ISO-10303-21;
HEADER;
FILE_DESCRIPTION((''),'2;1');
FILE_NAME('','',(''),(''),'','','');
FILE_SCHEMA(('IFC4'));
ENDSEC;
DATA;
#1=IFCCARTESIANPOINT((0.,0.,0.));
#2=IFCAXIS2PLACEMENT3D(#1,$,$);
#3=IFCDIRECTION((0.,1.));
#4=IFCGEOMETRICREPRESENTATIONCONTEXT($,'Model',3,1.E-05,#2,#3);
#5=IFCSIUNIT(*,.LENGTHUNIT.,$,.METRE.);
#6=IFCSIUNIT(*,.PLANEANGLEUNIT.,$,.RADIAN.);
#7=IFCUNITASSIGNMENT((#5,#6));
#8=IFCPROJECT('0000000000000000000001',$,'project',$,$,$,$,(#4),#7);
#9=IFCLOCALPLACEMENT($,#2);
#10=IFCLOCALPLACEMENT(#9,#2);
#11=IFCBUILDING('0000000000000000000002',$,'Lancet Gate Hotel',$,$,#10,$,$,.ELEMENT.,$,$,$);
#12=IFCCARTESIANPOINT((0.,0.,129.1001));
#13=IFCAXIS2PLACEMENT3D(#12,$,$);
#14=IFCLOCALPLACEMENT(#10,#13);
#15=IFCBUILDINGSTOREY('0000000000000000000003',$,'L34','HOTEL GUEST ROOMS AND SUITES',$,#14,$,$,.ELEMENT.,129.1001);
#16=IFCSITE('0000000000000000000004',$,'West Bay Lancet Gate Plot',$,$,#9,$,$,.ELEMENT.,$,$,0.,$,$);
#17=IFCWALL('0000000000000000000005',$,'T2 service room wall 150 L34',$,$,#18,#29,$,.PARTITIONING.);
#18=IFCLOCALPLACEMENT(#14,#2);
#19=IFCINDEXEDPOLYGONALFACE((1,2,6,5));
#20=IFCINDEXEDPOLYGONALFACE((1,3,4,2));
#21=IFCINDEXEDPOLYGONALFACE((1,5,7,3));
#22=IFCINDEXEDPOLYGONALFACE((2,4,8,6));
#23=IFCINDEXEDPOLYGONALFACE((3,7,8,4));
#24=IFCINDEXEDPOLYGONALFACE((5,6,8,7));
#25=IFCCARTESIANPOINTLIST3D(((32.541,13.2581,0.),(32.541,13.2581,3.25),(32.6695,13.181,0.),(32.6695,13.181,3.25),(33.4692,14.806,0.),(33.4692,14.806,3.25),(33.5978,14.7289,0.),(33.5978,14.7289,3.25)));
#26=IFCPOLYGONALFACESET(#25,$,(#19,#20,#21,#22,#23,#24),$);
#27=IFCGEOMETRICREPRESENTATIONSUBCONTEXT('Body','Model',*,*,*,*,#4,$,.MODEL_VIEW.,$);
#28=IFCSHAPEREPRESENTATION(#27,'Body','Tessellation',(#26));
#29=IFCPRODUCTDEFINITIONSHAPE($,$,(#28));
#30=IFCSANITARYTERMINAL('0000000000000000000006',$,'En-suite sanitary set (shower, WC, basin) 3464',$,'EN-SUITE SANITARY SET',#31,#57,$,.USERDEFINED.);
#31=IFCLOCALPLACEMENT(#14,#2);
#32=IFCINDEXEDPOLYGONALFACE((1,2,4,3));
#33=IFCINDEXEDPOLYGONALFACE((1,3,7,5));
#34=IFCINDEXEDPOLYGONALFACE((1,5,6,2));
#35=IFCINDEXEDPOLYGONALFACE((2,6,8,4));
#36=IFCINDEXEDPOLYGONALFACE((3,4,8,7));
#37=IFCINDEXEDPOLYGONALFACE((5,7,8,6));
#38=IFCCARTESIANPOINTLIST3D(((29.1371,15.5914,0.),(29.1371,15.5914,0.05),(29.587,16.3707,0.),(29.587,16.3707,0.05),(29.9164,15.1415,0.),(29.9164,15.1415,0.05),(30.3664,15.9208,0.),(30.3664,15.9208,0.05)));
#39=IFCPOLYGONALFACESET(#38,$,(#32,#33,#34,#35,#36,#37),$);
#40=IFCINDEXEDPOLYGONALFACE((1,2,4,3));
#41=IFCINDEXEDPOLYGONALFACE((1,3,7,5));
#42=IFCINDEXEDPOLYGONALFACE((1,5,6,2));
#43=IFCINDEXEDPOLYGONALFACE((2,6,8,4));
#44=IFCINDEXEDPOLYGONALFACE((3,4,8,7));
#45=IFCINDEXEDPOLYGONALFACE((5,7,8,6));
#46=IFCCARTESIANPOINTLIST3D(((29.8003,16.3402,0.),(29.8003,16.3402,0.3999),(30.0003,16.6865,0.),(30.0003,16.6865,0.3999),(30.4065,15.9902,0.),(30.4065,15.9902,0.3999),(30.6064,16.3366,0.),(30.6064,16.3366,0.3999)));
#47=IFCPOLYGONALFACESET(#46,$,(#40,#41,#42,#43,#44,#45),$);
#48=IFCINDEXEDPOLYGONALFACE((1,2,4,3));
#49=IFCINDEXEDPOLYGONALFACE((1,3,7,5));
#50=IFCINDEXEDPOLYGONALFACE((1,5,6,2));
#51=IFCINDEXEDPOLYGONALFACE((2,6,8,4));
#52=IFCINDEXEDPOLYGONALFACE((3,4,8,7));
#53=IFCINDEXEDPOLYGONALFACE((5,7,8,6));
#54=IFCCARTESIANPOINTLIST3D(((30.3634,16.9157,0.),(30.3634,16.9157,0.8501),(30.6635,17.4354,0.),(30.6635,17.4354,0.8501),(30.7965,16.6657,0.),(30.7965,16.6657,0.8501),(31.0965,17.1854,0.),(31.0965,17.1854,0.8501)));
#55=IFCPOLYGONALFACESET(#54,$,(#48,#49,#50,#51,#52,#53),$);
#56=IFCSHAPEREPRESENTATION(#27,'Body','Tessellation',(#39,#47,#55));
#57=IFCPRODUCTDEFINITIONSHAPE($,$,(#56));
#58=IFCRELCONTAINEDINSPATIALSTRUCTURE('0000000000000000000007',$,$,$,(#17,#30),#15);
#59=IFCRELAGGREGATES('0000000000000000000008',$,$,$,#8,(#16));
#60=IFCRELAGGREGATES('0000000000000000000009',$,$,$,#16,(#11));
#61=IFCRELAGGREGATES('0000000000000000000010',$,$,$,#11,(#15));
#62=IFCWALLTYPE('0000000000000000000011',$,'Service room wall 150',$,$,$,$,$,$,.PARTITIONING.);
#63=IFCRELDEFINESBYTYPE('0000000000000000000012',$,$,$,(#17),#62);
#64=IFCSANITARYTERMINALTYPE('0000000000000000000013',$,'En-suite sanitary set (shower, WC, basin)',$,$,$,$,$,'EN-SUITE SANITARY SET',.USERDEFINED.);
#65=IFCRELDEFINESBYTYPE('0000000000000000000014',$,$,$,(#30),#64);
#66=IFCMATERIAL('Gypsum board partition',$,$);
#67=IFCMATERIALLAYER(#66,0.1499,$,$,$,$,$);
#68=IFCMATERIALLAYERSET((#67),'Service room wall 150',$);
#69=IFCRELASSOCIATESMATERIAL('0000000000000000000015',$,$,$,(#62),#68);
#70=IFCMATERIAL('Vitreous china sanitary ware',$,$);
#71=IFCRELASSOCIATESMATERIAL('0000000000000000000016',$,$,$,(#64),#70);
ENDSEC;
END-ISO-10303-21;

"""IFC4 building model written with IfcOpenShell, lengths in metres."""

from ifc_helpers import new_model, si_unit, direction, frame, frame_2d, origin, origin_2d, place, context, subcontext, project, spatial, rectangle, extrude, material, layer, layer_set, type_object, element, save


model = new_model("IFC4")

# Units and contexts
model_context = context("Model", 3, precision=1e-05, world=origin(), true_north=direction((0.0, 1.0)))
body_context = subcontext(model_context, "Body", "Model", "MODEL_VIEW")
ifc_project = project(units=[si_unit("LENGTHUNIT", "METRE"), si_unit("PLANEANGLEUNIT", "RADIAN")], contexts=[model_context])

# Site, building, storey
site_placement = place(None, origin())
site = spatial("IfcSite", under=ifc_project, at=site_placement, Name="West Bay Lancet Gate Plot", CompositionType="ELEMENT", RefElevation=0.0)
building_placement = place(site_placement, origin())
building = spatial("IfcBuilding", under=site, at=building_placement, Name="Lancet Gate Hotel", CompositionType="ELEMENT")
storey_placement = place(building_placement, frame((0.0, 0.0, 129.1001)))
storey = spatial("IfcBuildingStorey", under=building, at=storey_placement, Name="L34", Description="HOTEL GUEST ROOMS AND SUITES", CompositionType="ELEMENT", Elevation=129.1001)

# Wall
ifc_material_1 = material(Name="Gypsum board partition")
ifc_layer_1 = layer(ifc_material_1, 0.1499)
ifc_layer_set_1 = layer_set([ifc_layer_1], Name="Service room wall 150")
wall_type_1 = type_object("IfcWallType", Name="Service room wall 150", PredefinedType="PARTITIONING", material=ifc_layer_set_1)
wall_1_placement = place(storey_placement, frame((33.5334, 14.7673, 0.0), z_axis=(0.0, 0.0, 1.0), x_axis=(-0.514297, -0.857612, 0.0)))
element("IfcWall", 1, at=wall_1_placement, inside=storey, type_object=wall_type_1, Name="T2 service room wall 150 L34", PredefinedType="PARTITIONING", context=body_context, shape_type="SweptSolid", body=[
    extrude(rectangle(XDim=1.8049, YDim=0.1499, at=frame_2d((0.9023, 0.0))), origin(), (0.0, 0.0, 1.0), 3.25),
])

# Sanitary terminal
ifc_material_2 = material(Name="Vitreous china sanitary ware")
sanitary_terminal_type = type_object("IfcSanitaryTerminalType", Name="En-suite sanitary set (shower, WC, basin)", ElementType="EN-SUITE SANITARY SET", PredefinedType="USERDEFINED", material=ifc_material_2)
sanitary_terminal_placement = place(storey_placement, frame((29.7517, 15.7561, 0.0), z_axis=(0.0, 0.0, 1.0), x_axis=(1.0, 0.0, 0.0)))
element("IfcSanitaryTerminal", 2, at=sanitary_terminal_placement, inside=storey, type_object=sanitary_terminal_type, Name="En-suite sanitary set (shower, WC, basin) 3464", ObjectType="EN-SUITE SANITARY SET", PredefinedType="USERDEFINED", context=body_context, shape_type="SweptSolid", body=[
    extrude(rectangle(XDim=0.8999, YDim=0.8999, at=origin_2d()), frame((0.0, 0.0, 0.0), z_axis=(0.0, 0.0, 1.0), x_axis=(-0.5, -0.866025, 0.0)), (0.0, 0.0, 1.0), 0.05),
    extrude(rectangle(XDim=0.3999, YDim=0.7, at=origin_2d()), frame((0.4517, 0.5823, 0.0), z_axis=(0.0, 0.0, 1.0), x_axis=(-0.5, -0.866025, 0.0)), (0.0, 0.0, 1.0), 0.3999),
    extrude(rectangle(XDim=0.6001, YDim=0.5, at=origin_2d()), frame((0.9783, 1.2944, 0.0), z_axis=(0.0, 0.0, 1.0), x_axis=(-0.5, -0.866025, 0.0)), (0.0, 0.0, 1.0), 0.8501),
])

save(model, "model.ifc")
